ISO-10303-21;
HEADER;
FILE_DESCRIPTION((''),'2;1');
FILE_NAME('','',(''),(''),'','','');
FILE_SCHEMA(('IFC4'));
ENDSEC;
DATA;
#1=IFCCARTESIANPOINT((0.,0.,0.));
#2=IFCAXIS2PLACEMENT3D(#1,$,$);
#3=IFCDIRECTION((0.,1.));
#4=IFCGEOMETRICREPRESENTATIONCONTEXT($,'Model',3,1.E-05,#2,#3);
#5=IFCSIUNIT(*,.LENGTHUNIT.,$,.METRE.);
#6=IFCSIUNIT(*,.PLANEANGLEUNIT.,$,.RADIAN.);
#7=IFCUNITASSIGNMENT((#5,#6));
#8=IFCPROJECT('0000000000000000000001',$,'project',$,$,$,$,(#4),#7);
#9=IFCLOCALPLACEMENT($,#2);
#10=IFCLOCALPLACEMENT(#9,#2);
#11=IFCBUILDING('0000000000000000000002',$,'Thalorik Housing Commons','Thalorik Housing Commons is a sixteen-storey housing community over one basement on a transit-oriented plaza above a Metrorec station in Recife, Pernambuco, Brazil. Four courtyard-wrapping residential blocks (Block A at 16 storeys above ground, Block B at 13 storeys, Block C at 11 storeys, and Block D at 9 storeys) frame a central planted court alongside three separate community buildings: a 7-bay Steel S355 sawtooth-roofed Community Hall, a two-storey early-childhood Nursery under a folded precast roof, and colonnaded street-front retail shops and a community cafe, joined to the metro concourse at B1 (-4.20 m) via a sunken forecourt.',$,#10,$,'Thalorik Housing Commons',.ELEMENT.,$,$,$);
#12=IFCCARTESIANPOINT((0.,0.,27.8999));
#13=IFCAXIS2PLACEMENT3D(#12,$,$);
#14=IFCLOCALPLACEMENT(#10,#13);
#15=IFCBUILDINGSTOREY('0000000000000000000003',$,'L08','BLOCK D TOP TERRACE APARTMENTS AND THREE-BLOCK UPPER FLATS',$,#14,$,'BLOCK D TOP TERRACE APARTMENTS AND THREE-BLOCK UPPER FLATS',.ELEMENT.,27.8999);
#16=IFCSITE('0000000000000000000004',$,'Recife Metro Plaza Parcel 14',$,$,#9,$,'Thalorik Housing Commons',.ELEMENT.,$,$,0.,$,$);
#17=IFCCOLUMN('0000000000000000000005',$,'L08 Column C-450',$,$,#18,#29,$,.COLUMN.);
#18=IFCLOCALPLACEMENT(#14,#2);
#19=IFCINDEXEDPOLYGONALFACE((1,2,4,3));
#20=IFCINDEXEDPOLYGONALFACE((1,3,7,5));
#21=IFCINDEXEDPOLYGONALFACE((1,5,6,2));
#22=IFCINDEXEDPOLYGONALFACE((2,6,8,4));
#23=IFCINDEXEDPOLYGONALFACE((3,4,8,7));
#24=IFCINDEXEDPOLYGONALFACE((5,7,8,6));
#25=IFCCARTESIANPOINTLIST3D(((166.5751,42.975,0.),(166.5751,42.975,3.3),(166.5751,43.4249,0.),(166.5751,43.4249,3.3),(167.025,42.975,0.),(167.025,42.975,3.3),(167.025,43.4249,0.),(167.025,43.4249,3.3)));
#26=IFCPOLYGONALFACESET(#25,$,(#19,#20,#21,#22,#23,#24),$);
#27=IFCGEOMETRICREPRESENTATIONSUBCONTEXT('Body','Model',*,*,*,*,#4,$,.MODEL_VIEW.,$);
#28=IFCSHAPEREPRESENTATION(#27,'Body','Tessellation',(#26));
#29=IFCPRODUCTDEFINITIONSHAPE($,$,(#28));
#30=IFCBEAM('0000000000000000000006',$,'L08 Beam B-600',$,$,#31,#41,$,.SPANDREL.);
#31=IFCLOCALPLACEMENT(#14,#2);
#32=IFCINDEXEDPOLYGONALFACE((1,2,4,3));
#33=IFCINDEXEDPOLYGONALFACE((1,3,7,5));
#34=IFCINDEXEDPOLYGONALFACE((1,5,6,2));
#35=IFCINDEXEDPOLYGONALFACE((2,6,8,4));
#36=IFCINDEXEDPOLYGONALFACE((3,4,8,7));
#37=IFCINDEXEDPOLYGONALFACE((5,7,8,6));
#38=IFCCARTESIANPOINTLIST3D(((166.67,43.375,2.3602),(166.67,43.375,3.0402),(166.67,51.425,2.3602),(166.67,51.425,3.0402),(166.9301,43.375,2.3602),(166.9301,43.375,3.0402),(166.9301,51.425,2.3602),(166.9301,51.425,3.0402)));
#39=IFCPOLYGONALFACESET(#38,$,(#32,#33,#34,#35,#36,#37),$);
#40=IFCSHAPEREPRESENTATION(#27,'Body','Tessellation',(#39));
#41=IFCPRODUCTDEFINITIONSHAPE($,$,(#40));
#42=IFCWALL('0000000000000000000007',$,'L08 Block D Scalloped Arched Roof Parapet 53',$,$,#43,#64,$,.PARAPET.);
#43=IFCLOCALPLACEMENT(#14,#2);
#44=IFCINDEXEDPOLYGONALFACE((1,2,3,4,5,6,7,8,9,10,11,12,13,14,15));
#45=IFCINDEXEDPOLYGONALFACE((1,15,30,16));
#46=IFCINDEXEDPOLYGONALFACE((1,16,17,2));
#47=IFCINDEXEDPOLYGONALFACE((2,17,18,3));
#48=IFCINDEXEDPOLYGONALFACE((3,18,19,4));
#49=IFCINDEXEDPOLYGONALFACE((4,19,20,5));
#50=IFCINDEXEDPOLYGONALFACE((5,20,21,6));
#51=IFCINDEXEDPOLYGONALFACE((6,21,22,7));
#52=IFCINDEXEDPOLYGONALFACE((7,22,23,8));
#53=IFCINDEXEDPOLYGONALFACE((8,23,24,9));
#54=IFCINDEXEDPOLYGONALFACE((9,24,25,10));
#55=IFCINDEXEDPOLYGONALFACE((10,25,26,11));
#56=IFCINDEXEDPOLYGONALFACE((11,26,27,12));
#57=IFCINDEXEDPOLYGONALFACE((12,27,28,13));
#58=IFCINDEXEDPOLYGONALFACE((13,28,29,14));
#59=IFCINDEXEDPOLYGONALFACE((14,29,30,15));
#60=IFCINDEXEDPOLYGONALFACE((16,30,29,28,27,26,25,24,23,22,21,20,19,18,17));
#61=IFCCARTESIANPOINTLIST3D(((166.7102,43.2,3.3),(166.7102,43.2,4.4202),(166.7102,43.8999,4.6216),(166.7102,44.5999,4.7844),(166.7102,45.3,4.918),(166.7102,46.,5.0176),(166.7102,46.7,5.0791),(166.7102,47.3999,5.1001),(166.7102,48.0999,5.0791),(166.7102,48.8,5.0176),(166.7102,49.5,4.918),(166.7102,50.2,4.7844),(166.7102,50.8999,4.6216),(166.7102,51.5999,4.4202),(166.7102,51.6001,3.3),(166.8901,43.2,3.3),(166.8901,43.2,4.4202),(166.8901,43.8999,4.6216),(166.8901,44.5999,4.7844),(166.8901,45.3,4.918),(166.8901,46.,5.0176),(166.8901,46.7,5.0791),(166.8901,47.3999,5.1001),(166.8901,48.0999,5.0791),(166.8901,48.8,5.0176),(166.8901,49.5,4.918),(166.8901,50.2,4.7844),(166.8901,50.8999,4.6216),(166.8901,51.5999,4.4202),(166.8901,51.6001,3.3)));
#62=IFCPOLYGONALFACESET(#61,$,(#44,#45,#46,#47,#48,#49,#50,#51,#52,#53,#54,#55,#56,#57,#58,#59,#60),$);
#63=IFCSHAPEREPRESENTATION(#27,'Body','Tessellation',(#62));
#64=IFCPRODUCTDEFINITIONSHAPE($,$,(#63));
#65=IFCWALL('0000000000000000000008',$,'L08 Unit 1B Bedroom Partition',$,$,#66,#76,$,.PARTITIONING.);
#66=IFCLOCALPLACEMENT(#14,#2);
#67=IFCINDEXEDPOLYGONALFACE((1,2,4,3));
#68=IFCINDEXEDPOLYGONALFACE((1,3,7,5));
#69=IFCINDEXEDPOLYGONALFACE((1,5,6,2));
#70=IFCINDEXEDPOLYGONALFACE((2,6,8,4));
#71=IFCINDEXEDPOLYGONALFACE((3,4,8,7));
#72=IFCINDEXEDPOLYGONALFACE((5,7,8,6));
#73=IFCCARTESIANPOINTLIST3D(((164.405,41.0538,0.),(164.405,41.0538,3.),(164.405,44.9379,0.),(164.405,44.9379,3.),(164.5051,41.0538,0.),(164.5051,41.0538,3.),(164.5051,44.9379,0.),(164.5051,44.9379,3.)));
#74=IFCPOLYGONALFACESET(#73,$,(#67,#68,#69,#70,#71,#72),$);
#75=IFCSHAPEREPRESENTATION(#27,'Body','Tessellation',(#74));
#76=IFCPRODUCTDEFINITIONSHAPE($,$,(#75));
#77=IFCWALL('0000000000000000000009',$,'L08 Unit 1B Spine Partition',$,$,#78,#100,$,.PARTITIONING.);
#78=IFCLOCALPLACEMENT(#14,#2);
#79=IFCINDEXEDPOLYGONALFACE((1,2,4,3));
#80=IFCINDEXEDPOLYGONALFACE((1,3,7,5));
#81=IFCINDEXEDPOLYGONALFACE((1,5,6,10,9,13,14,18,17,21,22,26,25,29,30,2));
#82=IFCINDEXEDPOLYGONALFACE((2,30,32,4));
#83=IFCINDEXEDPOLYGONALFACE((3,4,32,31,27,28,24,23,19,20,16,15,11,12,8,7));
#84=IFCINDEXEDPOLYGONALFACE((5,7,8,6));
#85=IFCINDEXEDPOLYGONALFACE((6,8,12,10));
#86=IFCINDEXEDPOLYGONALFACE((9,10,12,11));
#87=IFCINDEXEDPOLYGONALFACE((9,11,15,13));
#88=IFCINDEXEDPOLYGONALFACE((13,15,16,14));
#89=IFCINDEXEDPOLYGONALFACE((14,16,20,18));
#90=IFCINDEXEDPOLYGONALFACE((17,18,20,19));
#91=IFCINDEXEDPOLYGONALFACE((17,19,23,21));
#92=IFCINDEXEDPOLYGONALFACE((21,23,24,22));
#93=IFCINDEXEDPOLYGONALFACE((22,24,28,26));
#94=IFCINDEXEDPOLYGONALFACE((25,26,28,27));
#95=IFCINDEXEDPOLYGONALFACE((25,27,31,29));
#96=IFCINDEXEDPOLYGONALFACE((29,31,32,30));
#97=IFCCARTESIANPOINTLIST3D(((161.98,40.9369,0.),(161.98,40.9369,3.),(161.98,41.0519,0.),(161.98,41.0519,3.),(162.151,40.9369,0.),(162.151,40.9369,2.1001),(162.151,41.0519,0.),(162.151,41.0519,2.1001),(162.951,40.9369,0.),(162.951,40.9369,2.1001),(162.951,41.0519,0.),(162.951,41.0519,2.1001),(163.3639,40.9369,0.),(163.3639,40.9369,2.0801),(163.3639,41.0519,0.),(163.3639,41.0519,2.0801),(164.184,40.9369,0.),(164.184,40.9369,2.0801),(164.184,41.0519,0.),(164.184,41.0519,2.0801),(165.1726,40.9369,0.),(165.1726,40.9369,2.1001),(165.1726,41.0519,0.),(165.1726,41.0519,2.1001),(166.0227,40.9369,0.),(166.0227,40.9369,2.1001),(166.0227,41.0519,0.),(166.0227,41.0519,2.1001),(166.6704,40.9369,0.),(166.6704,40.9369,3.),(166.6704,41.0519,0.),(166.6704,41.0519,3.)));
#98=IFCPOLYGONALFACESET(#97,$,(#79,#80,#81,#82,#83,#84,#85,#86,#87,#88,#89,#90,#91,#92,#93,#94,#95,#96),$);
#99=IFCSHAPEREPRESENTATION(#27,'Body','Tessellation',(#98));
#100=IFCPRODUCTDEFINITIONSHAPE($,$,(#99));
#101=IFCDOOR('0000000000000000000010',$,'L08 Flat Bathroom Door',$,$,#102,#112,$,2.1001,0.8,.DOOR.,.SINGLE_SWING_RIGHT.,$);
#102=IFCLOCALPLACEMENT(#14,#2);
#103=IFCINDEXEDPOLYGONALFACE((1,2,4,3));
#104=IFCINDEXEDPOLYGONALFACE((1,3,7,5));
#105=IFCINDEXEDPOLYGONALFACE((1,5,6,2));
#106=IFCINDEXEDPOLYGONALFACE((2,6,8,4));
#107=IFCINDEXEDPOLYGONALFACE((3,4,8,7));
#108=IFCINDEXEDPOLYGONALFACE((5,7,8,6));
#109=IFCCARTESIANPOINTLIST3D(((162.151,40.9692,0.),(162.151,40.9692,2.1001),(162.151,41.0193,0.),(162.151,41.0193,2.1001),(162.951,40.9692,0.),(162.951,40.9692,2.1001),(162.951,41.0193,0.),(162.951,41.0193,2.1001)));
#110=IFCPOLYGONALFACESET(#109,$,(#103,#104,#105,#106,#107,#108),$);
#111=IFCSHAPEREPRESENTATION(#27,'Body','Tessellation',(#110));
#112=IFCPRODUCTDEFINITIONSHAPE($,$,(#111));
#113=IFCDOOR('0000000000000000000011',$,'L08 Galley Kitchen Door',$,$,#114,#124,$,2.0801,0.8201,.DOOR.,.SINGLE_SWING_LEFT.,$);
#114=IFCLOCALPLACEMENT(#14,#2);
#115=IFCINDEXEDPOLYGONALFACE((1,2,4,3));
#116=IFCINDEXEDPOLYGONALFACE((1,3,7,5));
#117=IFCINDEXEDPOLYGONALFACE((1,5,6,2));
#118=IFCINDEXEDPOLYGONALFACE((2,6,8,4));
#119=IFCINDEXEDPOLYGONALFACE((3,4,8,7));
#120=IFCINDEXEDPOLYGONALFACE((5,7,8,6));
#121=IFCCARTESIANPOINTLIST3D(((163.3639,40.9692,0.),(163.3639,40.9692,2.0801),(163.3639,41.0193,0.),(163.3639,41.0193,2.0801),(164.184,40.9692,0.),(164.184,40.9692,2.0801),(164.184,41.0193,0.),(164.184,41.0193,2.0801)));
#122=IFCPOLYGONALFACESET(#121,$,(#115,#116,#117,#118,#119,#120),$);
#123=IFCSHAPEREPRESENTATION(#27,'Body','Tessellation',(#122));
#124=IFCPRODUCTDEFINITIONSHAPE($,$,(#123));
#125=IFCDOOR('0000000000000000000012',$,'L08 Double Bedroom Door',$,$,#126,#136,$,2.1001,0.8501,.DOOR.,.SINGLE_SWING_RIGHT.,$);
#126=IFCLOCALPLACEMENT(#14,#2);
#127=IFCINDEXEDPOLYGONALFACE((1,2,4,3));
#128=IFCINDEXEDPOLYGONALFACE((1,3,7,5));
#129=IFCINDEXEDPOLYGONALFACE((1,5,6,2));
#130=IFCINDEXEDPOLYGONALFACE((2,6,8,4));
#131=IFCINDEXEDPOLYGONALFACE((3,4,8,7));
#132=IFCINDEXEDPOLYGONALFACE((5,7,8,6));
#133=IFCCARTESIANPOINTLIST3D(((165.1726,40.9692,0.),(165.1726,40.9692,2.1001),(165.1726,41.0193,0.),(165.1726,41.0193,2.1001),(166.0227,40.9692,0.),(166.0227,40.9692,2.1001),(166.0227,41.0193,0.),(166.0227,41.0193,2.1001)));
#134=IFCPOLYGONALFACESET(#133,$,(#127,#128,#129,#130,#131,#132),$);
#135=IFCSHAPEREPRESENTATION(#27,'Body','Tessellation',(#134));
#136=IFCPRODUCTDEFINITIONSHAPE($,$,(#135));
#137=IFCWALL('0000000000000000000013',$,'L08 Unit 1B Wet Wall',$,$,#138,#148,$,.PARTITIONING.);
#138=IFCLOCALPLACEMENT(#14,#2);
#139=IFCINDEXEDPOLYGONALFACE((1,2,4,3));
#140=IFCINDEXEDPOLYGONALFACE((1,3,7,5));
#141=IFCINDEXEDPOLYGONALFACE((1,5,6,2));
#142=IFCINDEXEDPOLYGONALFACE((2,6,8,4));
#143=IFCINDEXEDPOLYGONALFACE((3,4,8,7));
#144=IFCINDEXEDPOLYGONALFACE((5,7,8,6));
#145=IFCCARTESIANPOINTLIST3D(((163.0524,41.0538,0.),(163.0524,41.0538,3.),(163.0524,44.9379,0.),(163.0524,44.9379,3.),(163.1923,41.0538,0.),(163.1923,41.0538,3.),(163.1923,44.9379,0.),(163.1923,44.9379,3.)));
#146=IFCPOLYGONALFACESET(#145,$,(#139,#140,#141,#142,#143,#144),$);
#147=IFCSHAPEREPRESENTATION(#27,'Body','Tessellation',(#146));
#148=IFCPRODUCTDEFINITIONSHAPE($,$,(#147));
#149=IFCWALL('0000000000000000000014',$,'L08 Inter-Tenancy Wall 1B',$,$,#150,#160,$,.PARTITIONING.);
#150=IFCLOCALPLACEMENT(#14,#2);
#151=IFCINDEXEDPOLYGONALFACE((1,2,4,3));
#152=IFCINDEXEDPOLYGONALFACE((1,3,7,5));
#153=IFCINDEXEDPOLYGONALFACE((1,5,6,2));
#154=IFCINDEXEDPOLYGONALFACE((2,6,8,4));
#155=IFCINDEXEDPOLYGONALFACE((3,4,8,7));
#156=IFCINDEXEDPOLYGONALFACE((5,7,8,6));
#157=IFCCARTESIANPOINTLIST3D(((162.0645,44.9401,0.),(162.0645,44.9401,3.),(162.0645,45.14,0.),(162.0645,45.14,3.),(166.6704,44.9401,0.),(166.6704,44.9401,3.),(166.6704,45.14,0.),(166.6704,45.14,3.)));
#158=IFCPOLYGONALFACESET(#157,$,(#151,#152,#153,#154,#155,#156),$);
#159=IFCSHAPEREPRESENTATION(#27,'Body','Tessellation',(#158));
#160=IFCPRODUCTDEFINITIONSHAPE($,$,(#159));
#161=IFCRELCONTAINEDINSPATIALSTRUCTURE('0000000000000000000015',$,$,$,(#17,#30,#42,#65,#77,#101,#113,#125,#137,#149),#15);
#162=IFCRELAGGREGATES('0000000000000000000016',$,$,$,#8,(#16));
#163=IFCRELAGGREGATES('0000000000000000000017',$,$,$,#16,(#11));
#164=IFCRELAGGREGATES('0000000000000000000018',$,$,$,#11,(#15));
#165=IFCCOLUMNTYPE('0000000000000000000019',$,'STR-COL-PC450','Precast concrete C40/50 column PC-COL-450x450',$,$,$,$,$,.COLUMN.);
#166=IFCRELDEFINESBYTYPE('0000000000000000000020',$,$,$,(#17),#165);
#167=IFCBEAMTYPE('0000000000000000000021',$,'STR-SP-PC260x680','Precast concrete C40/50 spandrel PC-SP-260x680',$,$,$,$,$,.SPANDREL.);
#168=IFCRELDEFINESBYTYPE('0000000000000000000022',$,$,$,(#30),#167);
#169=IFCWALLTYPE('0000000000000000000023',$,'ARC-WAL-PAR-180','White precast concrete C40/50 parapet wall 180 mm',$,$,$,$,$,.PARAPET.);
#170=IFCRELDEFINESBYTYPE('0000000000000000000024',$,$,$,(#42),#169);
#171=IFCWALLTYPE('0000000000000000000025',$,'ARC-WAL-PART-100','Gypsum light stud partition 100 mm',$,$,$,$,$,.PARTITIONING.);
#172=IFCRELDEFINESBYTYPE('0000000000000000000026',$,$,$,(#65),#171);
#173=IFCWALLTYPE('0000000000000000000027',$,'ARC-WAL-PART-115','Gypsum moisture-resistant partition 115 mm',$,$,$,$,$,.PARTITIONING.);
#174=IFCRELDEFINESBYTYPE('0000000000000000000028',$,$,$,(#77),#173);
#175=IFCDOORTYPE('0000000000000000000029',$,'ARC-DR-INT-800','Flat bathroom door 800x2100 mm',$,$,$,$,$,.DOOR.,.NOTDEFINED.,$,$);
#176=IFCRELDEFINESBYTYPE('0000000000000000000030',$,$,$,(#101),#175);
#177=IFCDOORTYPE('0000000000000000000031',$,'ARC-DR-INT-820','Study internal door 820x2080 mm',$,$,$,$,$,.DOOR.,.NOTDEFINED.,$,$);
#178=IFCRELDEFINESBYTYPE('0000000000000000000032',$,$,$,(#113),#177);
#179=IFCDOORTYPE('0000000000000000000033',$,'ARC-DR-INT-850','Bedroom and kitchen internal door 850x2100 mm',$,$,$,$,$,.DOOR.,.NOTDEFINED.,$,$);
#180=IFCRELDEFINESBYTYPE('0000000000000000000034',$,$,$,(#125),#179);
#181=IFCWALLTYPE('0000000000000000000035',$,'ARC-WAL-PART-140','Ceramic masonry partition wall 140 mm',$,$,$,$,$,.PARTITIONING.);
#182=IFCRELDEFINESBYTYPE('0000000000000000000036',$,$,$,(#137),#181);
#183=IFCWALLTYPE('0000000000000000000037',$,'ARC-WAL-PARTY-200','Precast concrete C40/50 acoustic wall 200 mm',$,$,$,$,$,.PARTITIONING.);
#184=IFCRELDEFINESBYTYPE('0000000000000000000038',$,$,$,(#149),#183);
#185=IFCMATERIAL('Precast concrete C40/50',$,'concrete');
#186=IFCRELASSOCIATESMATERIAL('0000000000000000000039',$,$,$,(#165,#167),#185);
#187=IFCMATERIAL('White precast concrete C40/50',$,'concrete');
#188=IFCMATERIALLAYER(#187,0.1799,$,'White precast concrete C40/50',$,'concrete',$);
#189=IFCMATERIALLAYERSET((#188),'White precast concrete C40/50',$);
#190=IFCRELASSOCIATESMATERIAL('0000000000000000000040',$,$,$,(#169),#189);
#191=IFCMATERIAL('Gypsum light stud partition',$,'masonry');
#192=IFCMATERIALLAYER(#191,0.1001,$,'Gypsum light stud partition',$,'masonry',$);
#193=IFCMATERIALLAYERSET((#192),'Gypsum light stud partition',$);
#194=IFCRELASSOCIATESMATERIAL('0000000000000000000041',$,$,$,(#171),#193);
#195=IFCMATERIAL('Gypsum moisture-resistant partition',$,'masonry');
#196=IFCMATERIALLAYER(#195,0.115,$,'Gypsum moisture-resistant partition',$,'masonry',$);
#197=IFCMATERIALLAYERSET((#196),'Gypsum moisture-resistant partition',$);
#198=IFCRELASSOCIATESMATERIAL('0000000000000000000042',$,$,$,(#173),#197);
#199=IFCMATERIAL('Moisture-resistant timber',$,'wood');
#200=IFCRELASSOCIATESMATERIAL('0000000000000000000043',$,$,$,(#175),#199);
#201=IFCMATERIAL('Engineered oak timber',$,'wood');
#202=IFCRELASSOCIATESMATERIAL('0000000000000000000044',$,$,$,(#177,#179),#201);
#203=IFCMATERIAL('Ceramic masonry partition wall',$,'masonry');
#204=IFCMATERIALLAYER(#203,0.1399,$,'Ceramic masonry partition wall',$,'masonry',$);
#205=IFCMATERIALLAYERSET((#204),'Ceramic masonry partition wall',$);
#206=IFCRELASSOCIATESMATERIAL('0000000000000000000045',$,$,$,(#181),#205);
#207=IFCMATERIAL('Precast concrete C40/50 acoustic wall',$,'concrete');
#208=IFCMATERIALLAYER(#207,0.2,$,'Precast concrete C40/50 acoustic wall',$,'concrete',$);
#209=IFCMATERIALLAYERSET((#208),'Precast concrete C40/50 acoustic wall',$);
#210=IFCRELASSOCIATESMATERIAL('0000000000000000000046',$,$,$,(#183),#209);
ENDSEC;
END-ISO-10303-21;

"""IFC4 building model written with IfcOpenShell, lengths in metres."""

from ifc_helpers import new_model, si_unit, direction, frame, frame_2d, origin, origin_2d, place, context, subcontext, project, spatial, polyline, rectangle, outline, extrude, material, layer, layer_set, material_profile, profile_set, type_object, element, fill, save


model = new_model("IFC4")

# Units and contexts
model_context = context("Model", 3, precision=1e-05, world=origin(), true_north=direction((0.0, 1.0)))
body_context = subcontext(model_context, "Body", "Model", "MODEL_VIEW")
ifc_project = project(units=[si_unit("LENGTHUNIT", "METRE"), si_unit("PLANEANGLEUNIT", "RADIAN")], contexts=[model_context])

# Site, building, storey
site_placement = place(None, origin())
site = spatial("IfcSite", under=ifc_project, at=site_placement, Name="Recife Metro Plaza Parcel 14", LongName="Thalorik Housing Commons", CompositionType="ELEMENT", RefElevation=0.0)
building_placement = place(site_placement, origin())
building = spatial("IfcBuilding", under=site, at=building_placement, Name="Thalorik Housing Commons", Description="Thalorik Housing Commons is a sixteen-storey housing community over one basement on a transit-oriented plaza above a Metrorec station in Recife, Pernambuco, Brazil. Four courtyard-wrapping residential blocks (Block A at 16 storeys above ground, Block B at 13 storeys, Block C at 11 storeys, and Block D at 9 storeys) frame a central planted court alongside three separate community buildings: a 7-bay Steel S355 sawtooth-roofed Community Hall, a two-storey early-childhood Nursery under a folded precast roof, and colonnaded street-front retail shops and a community cafe, joined to the metro concourse at B1 (-4.20 m) via a sunken forecourt.", LongName="Thalorik Housing Commons", CompositionType="ELEMENT")
storey_placement = place(building_placement, frame((0.0, 0.0, 27.8999)))
storey = spatial("IfcBuildingStorey", under=building, at=storey_placement, Name="L08", Description="BLOCK D TOP TERRACE APARTMENTS AND THREE-BLOCK UPPER FLATS", LongName="BLOCK D TOP TERRACE APARTMENTS AND THREE-BLOCK UPPER FLATS", CompositionType="ELEMENT", Elevation=27.8999)

# Column
ifc_material_1 = material(Name="Precast concrete C40/50", Category="concrete")
ifc_material_profile_1 = material_profile(ifc_material_1, rectangle(XDim=0.45, YDim=0.45, at=origin_2d()), Name="PC 450x450", Category="concrete")
ifc_profile_set_1 = profile_set([ifc_material_profile_1], Name="Precast concrete C40/50")
column_type = type_object("IfcColumnType", Name="STR-COL-PC450", Description="Precast concrete C40/50 column PC-COL-450x450", PredefinedType="COLUMN", material=ifc_profile_set_1)
column_placement = place(storey_placement, frame((166.8, 43.2, 0.0), z_axis=(0.0, 0.0, 1.0), x_axis=(1.0, 0.0, 0.0)))
element("IfcColumn", 1, at=column_placement, inside=storey, type_object=column_type, Name="L08 Column C-450", PredefinedType="COLUMN", context=body_context, shape_type="SweptSolid", body=[
    extrude(rectangle(XDim=0.45, YDim=0.45, at=origin_2d()), origin(), (0.0, 0.0, 1.0), 3.3),
])

# Beam
ifc_material_profile_2 = material_profile(ifc_material_1, rectangle(XDim=0.26, YDim=0.6799, at=origin_2d()), Name="PC SP 260x680", Category="concrete")
ifc_profile_set_2 = profile_set([ifc_material_profile_2], Name="Precast concrete C40/50")
beam_type = type_object("IfcBeamType", Name="STR-SP-PC260x680", Description="Precast concrete C40/50 spandrel PC-SP-260x680", PredefinedType="SPANDREL", material=ifc_profile_set_2)
beam_placement = place(storey_placement, frame((166.8, 43.375, 2.7002), z_axis=(0.0, 1.0, 0.0), x_axis=(-1.0, 0.0, 0.0)))
element("IfcBeam", 2, at=beam_placement, inside=storey, type_object=beam_type, Name="L08 Beam B-600", PredefinedType="SPANDREL", context=body_context, shape_type="SweptSolid", body=[
    extrude(rectangle(XDim=0.26, YDim=0.6799, at=origin_2d()), origin(), (0.0, 0.0, 1.0), 8.05),
])

# Shared definitions
ifc_material_2 = material(Name="White precast concrete C40/50", Category="concrete")

# Walls
ifc_layer_1 = layer(ifc_material_2, 0.1799, Name="White precast concrete C40/50", Category="concrete")
ifc_layer_set_1 = layer_set([ifc_layer_1], Name="White precast concrete C40/50")
wall_type_1 = type_object("IfcWallType", Name="ARC-WAL-PAR-180", Description="White precast concrete C40/50 parapet wall 180 mm", PredefinedType="PARAPET", material=ifc_layer_set_1)
wall_1_placement = place(storey_placement, frame((166.8, 43.2, 3.3), z_axis=(0.0, 0.0, 1.0), x_axis=(0.0, 1.0, 0.0)))
element("IfcWall", 3, at=wall_1_placement, inside=storey, type_object=wall_type_1, Name="L08 Block D Scalloped Arched Roof Parapet 53", PredefinedType="PARAPET", context=body_context, shape_type="SweptSolid", body=[
    extrude(outline(polyline([(0.0, 0.0), (8.4001, 0.0), (8.3999, 1.1201), (7.7, 1.3215), (7.0, 1.4844), (6.3, 1.6179), (5.6001, 1.7175), (4.8999, 1.7791), (4.2, 1.8), (3.5, 1.7791), (2.8, 1.7175), (2.1001, 1.6179), (1.3999, 1.4844), (0.7, 1.3215), (0.0, 1.1201), (0.0, 0.0)])), frame((0.0, 0.0898, 0.0), z_axis=(0.0, -1.0, 0.0), x_axis=(1.0, 0.0, 0.0)), (0.0, 0.0, 1.0), 0.1799),
])
ifc_material_3 = material(Name="Gypsum light stud partition", Category="masonry")
ifc_layer_2 = layer(ifc_material_3, 0.1001, Name="Gypsum light stud partition", Category="masonry")
ifc_layer_set_2 = layer_set([ifc_layer_2], Name="Gypsum light stud partition")
wall_type_2 = type_object("IfcWallType", Name="ARC-WAL-PART-100", Description="Gypsum light stud partition 100 mm", PredefinedType="PARTITIONING", material=ifc_layer_set_2)
wall_2_placement = place(storey_placement, frame((164.4551, 41.054, 0.0), z_axis=(0.0, 0.0, 1.0), x_axis=(0.0, 1.0, 0.0)))
element("IfcWall", 4, at=wall_2_placement, inside=storey, type_object=wall_type_2, Name="L08 Unit 1B Bedroom Partition", PredefinedType="PARTITIONING", context=body_context, shape_type="SweptSolid", body=[
    extrude(rectangle(XDim=3.884, YDim=0.1001, at=frame_2d((1.9419, 0.0))), origin(), (0.0, 0.0, 1.0), 3.0),
])

# Wall, openings, doors
ifc_material_4 = material(Name="Gypsum moisture-resistant partition", Category="masonry")
ifc_layer_3 = layer(ifc_material_4, 0.115, Name="Gypsum moisture-resistant partition", Category="masonry")
ifc_layer_set_3 = layer_set([ifc_layer_3], Name="Gypsum moisture-resistant partition")
wall_type_3 = type_object("IfcWallType", Name="ARC-WAL-PART-115", Description="Gypsum moisture-resistant partition 115 mm", PredefinedType="PARTITIONING", material=ifc_layer_set_3)
wall_3_placement = place(storey_placement, frame((161.98, 40.9944, 0.0), z_axis=(0.0, 0.0, 1.0), x_axis=(1.0, 0.0, 0.0)))
wall_3 = element("IfcWall", 5, at=wall_3_placement, inside=storey, type_object=wall_type_3, Name="L08 Unit 1B Spine Partition", PredefinedType="PARTITIONING", context=body_context, shape_type="SweptSolid", body=[
    extrude(rectangle(XDim=4.6904, YDim=0.115, at=frame_2d((2.3452, 0.0))), origin(), (0.0, 0.0, 1.0), 3.0),
])
opening_1_placement = place(wall_3_placement, frame((0.1711, 0.0, 0.0)))
opening_1 = element("IfcOpeningElement", 6, at=opening_1_placement, cuts=wall_3, PredefinedType="OPENING", context=body_context, shape_type="SweptSolid", body=[
    extrude(rectangle(XDim=0.8, YDim=2.1001, at=frame_2d((0.3999, 1.05))), frame((0.0, 0.0674, 0.0), z_axis=(0.0, -1.0, 0.0), x_axis=(1.0, 0.0, 0.0)), (0.0, 0.0, 1.0), 0.135),
])
opening_2_placement = place(wall_3_placement, frame((1.3838, 0.0, 0.0)))
opening_2 = element("IfcOpeningElement", 7, at=opening_2_placement, cuts=wall_3, PredefinedType="OPENING", context=body_context, shape_type="SweptSolid", body=[
    extrude(rectangle(XDim=0.8201, YDim=2.0801, at=frame_2d((0.4102, 1.04))), frame((0.0, 0.0674, 0.0), z_axis=(0.0, -1.0, 0.0), x_axis=(1.0, 0.0, 0.0)), (0.0, 0.0, 1.0), 0.135),
])
opening_3_placement = place(wall_3_placement, frame((3.1926, 0.0, 0.0)))
opening_3 = element("IfcOpeningElement", 8, at=opening_3_placement, cuts=wall_3, PredefinedType="OPENING", context=body_context, shape_type="SweptSolid", body=[
    extrude(rectangle(XDim=0.8501, YDim=2.1001, at=frame_2d((0.425, 1.05))), frame((0.0, 0.0674, 0.0), z_axis=(0.0, -1.0, 0.0), x_axis=(1.0, 0.0, 0.0)), (0.0, 0.0, 1.0), 0.135),
])
ifc_material_5 = material(Name="Moisture-resistant timber", Category="wood")
door_type_1 = type_object("IfcDoorType", Name="ARC-DR-INT-800", Description="Flat bathroom door 800x2100 mm", OperationType="NOTDEFINED", PredefinedType="DOOR", material=ifc_material_5)
door_1_placement = place(opening_1_placement, origin())
door_1 = element("IfcDoor", 9, at=door_1_placement, inside=storey, type_object=door_type_1, Name="L08 Flat Bathroom Door", OperationType="SINGLE_SWING_RIGHT", OverallHeight=2.1001, OverallWidth=0.8, PredefinedType="DOOR", context=body_context, shape_type="SweptSolid", body=[
    extrude(rectangle(XDim=0.8, YDim=2.1001, at=frame_2d((0.3999, 1.05))), frame((0.0, 0.0249, 0.0), z_axis=(0.0, -1.0, 0.0), x_axis=(1.0, 0.0, 0.0)), (0.0, 0.0, 1.0), 0.05),
])
fill(opening_1, door_1)
ifc_material_6 = material(Name="Engineered oak timber", Category="wood")
door_type_2 = type_object("IfcDoorType", Name="ARC-DR-INT-820", Description="Study internal door 820x2080 mm", OperationType="NOTDEFINED", PredefinedType="DOOR", material=ifc_material_6)
door_2_placement = place(opening_2_placement, origin())
door_2 = element("IfcDoor", 10, at=door_2_placement, inside=storey, type_object=door_type_2, Name="L08 Galley Kitchen Door", OperationType="SINGLE_SWING_LEFT", OverallHeight=2.0801, OverallWidth=0.8201, PredefinedType="DOOR", context=body_context, shape_type="SweptSolid", body=[
    extrude(rectangle(XDim=0.8201, YDim=2.0801, at=frame_2d((0.4102, 1.04))), frame((0.0, 0.0249, 0.0), z_axis=(0.0, -1.0, 0.0), x_axis=(1.0, 0.0, 0.0)), (0.0, 0.0, 1.0), 0.05),
])
fill(opening_2, door_2)
door_type_3 = type_object("IfcDoorType", Name="ARC-DR-INT-850", Description="Bedroom and kitchen internal door 850x2100 mm", OperationType="NOTDEFINED", PredefinedType="DOOR", material=ifc_material_6)
door_3_placement = place(opening_3_placement, origin())
door_3 = element("IfcDoor", 11, at=door_3_placement, inside=storey, type_object=door_type_3, Name="L08 Double Bedroom Door", OperationType="SINGLE_SWING_RIGHT", OverallHeight=2.1001, OverallWidth=0.8501, PredefinedType="DOOR", context=body_context, shape_type="SweptSolid", body=[
    extrude(rectangle(XDim=0.8501, YDim=2.1001, at=frame_2d((0.425, 1.05))), frame((0.0, 0.0249, 0.0), z_axis=(0.0, -1.0, 0.0), x_axis=(1.0, 0.0, 0.0)), (0.0, 0.0, 1.0), 0.05),
])
fill(opening_3, door_3)

# Walls
ifc_material_7 = material(Name="Ceramic masonry partition wall", Category="masonry")
ifc_layer_4 = layer(ifc_material_7, 0.1399, Name="Ceramic masonry partition wall", Category="masonry")
ifc_layer_set_4 = layer_set([ifc_layer_4], Name="Ceramic masonry partition wall")
wall_type_4 = type_object("IfcWallType", Name="ARC-WAL-PART-140", Description="Ceramic masonry partition wall 140 mm", PredefinedType="PARTITIONING", material=ifc_layer_set_4)
wall_4_placement = place(storey_placement, frame((163.1223, 41.054, 0.0), z_axis=(0.0, 0.0, 1.0), x_axis=(0.0, 1.0, 0.0)))
element("IfcWall", 12, at=wall_4_placement, inside=storey, type_object=wall_type_4, Name="L08 Unit 1B Wet Wall", PredefinedType="PARTITIONING", context=body_context, shape_type="SweptSolid", body=[
    extrude(rectangle(XDim=3.884, YDim=0.1399, at=frame_2d((1.9419, 0.0))), origin(), (0.0, 0.0, 1.0), 3.0),
])
ifc_material_8 = material(Name="Precast concrete C40/50 acoustic wall", Category="concrete")
ifc_layer_5 = layer(ifc_material_8, 0.2, Name="Precast concrete C40/50 acoustic wall", Category="concrete")
ifc_layer_set_5 = layer_set([ifc_layer_5], Name="Precast concrete C40/50 acoustic wall")
wall_type_5 = type_object("IfcWallType", Name="ARC-WAL-PARTY-200", Description="Precast concrete C40/50 acoustic wall 200 mm", PredefinedType="PARTITIONING", material=ifc_layer_set_5)
wall_5_placement = place(storey_placement, frame((162.0645, 45.04, 0.0), z_axis=(0.0, 0.0, 1.0), x_axis=(1.0, 0.0, 0.0)))
element("IfcWall", 13, at=wall_5_placement, inside=storey, type_object=wall_type_5, Name="L08 Inter-Tenancy Wall 1B", PredefinedType="PARTITIONING", context=body_context, shape_type="SweptSolid", body=[
    extrude(rectangle(XDim=4.606, YDim=0.2, at=frame_2d((2.303, 0.0))), origin(), (0.0, 0.0, 1.0), 3.0),
])

save(model, "model.ifc")
